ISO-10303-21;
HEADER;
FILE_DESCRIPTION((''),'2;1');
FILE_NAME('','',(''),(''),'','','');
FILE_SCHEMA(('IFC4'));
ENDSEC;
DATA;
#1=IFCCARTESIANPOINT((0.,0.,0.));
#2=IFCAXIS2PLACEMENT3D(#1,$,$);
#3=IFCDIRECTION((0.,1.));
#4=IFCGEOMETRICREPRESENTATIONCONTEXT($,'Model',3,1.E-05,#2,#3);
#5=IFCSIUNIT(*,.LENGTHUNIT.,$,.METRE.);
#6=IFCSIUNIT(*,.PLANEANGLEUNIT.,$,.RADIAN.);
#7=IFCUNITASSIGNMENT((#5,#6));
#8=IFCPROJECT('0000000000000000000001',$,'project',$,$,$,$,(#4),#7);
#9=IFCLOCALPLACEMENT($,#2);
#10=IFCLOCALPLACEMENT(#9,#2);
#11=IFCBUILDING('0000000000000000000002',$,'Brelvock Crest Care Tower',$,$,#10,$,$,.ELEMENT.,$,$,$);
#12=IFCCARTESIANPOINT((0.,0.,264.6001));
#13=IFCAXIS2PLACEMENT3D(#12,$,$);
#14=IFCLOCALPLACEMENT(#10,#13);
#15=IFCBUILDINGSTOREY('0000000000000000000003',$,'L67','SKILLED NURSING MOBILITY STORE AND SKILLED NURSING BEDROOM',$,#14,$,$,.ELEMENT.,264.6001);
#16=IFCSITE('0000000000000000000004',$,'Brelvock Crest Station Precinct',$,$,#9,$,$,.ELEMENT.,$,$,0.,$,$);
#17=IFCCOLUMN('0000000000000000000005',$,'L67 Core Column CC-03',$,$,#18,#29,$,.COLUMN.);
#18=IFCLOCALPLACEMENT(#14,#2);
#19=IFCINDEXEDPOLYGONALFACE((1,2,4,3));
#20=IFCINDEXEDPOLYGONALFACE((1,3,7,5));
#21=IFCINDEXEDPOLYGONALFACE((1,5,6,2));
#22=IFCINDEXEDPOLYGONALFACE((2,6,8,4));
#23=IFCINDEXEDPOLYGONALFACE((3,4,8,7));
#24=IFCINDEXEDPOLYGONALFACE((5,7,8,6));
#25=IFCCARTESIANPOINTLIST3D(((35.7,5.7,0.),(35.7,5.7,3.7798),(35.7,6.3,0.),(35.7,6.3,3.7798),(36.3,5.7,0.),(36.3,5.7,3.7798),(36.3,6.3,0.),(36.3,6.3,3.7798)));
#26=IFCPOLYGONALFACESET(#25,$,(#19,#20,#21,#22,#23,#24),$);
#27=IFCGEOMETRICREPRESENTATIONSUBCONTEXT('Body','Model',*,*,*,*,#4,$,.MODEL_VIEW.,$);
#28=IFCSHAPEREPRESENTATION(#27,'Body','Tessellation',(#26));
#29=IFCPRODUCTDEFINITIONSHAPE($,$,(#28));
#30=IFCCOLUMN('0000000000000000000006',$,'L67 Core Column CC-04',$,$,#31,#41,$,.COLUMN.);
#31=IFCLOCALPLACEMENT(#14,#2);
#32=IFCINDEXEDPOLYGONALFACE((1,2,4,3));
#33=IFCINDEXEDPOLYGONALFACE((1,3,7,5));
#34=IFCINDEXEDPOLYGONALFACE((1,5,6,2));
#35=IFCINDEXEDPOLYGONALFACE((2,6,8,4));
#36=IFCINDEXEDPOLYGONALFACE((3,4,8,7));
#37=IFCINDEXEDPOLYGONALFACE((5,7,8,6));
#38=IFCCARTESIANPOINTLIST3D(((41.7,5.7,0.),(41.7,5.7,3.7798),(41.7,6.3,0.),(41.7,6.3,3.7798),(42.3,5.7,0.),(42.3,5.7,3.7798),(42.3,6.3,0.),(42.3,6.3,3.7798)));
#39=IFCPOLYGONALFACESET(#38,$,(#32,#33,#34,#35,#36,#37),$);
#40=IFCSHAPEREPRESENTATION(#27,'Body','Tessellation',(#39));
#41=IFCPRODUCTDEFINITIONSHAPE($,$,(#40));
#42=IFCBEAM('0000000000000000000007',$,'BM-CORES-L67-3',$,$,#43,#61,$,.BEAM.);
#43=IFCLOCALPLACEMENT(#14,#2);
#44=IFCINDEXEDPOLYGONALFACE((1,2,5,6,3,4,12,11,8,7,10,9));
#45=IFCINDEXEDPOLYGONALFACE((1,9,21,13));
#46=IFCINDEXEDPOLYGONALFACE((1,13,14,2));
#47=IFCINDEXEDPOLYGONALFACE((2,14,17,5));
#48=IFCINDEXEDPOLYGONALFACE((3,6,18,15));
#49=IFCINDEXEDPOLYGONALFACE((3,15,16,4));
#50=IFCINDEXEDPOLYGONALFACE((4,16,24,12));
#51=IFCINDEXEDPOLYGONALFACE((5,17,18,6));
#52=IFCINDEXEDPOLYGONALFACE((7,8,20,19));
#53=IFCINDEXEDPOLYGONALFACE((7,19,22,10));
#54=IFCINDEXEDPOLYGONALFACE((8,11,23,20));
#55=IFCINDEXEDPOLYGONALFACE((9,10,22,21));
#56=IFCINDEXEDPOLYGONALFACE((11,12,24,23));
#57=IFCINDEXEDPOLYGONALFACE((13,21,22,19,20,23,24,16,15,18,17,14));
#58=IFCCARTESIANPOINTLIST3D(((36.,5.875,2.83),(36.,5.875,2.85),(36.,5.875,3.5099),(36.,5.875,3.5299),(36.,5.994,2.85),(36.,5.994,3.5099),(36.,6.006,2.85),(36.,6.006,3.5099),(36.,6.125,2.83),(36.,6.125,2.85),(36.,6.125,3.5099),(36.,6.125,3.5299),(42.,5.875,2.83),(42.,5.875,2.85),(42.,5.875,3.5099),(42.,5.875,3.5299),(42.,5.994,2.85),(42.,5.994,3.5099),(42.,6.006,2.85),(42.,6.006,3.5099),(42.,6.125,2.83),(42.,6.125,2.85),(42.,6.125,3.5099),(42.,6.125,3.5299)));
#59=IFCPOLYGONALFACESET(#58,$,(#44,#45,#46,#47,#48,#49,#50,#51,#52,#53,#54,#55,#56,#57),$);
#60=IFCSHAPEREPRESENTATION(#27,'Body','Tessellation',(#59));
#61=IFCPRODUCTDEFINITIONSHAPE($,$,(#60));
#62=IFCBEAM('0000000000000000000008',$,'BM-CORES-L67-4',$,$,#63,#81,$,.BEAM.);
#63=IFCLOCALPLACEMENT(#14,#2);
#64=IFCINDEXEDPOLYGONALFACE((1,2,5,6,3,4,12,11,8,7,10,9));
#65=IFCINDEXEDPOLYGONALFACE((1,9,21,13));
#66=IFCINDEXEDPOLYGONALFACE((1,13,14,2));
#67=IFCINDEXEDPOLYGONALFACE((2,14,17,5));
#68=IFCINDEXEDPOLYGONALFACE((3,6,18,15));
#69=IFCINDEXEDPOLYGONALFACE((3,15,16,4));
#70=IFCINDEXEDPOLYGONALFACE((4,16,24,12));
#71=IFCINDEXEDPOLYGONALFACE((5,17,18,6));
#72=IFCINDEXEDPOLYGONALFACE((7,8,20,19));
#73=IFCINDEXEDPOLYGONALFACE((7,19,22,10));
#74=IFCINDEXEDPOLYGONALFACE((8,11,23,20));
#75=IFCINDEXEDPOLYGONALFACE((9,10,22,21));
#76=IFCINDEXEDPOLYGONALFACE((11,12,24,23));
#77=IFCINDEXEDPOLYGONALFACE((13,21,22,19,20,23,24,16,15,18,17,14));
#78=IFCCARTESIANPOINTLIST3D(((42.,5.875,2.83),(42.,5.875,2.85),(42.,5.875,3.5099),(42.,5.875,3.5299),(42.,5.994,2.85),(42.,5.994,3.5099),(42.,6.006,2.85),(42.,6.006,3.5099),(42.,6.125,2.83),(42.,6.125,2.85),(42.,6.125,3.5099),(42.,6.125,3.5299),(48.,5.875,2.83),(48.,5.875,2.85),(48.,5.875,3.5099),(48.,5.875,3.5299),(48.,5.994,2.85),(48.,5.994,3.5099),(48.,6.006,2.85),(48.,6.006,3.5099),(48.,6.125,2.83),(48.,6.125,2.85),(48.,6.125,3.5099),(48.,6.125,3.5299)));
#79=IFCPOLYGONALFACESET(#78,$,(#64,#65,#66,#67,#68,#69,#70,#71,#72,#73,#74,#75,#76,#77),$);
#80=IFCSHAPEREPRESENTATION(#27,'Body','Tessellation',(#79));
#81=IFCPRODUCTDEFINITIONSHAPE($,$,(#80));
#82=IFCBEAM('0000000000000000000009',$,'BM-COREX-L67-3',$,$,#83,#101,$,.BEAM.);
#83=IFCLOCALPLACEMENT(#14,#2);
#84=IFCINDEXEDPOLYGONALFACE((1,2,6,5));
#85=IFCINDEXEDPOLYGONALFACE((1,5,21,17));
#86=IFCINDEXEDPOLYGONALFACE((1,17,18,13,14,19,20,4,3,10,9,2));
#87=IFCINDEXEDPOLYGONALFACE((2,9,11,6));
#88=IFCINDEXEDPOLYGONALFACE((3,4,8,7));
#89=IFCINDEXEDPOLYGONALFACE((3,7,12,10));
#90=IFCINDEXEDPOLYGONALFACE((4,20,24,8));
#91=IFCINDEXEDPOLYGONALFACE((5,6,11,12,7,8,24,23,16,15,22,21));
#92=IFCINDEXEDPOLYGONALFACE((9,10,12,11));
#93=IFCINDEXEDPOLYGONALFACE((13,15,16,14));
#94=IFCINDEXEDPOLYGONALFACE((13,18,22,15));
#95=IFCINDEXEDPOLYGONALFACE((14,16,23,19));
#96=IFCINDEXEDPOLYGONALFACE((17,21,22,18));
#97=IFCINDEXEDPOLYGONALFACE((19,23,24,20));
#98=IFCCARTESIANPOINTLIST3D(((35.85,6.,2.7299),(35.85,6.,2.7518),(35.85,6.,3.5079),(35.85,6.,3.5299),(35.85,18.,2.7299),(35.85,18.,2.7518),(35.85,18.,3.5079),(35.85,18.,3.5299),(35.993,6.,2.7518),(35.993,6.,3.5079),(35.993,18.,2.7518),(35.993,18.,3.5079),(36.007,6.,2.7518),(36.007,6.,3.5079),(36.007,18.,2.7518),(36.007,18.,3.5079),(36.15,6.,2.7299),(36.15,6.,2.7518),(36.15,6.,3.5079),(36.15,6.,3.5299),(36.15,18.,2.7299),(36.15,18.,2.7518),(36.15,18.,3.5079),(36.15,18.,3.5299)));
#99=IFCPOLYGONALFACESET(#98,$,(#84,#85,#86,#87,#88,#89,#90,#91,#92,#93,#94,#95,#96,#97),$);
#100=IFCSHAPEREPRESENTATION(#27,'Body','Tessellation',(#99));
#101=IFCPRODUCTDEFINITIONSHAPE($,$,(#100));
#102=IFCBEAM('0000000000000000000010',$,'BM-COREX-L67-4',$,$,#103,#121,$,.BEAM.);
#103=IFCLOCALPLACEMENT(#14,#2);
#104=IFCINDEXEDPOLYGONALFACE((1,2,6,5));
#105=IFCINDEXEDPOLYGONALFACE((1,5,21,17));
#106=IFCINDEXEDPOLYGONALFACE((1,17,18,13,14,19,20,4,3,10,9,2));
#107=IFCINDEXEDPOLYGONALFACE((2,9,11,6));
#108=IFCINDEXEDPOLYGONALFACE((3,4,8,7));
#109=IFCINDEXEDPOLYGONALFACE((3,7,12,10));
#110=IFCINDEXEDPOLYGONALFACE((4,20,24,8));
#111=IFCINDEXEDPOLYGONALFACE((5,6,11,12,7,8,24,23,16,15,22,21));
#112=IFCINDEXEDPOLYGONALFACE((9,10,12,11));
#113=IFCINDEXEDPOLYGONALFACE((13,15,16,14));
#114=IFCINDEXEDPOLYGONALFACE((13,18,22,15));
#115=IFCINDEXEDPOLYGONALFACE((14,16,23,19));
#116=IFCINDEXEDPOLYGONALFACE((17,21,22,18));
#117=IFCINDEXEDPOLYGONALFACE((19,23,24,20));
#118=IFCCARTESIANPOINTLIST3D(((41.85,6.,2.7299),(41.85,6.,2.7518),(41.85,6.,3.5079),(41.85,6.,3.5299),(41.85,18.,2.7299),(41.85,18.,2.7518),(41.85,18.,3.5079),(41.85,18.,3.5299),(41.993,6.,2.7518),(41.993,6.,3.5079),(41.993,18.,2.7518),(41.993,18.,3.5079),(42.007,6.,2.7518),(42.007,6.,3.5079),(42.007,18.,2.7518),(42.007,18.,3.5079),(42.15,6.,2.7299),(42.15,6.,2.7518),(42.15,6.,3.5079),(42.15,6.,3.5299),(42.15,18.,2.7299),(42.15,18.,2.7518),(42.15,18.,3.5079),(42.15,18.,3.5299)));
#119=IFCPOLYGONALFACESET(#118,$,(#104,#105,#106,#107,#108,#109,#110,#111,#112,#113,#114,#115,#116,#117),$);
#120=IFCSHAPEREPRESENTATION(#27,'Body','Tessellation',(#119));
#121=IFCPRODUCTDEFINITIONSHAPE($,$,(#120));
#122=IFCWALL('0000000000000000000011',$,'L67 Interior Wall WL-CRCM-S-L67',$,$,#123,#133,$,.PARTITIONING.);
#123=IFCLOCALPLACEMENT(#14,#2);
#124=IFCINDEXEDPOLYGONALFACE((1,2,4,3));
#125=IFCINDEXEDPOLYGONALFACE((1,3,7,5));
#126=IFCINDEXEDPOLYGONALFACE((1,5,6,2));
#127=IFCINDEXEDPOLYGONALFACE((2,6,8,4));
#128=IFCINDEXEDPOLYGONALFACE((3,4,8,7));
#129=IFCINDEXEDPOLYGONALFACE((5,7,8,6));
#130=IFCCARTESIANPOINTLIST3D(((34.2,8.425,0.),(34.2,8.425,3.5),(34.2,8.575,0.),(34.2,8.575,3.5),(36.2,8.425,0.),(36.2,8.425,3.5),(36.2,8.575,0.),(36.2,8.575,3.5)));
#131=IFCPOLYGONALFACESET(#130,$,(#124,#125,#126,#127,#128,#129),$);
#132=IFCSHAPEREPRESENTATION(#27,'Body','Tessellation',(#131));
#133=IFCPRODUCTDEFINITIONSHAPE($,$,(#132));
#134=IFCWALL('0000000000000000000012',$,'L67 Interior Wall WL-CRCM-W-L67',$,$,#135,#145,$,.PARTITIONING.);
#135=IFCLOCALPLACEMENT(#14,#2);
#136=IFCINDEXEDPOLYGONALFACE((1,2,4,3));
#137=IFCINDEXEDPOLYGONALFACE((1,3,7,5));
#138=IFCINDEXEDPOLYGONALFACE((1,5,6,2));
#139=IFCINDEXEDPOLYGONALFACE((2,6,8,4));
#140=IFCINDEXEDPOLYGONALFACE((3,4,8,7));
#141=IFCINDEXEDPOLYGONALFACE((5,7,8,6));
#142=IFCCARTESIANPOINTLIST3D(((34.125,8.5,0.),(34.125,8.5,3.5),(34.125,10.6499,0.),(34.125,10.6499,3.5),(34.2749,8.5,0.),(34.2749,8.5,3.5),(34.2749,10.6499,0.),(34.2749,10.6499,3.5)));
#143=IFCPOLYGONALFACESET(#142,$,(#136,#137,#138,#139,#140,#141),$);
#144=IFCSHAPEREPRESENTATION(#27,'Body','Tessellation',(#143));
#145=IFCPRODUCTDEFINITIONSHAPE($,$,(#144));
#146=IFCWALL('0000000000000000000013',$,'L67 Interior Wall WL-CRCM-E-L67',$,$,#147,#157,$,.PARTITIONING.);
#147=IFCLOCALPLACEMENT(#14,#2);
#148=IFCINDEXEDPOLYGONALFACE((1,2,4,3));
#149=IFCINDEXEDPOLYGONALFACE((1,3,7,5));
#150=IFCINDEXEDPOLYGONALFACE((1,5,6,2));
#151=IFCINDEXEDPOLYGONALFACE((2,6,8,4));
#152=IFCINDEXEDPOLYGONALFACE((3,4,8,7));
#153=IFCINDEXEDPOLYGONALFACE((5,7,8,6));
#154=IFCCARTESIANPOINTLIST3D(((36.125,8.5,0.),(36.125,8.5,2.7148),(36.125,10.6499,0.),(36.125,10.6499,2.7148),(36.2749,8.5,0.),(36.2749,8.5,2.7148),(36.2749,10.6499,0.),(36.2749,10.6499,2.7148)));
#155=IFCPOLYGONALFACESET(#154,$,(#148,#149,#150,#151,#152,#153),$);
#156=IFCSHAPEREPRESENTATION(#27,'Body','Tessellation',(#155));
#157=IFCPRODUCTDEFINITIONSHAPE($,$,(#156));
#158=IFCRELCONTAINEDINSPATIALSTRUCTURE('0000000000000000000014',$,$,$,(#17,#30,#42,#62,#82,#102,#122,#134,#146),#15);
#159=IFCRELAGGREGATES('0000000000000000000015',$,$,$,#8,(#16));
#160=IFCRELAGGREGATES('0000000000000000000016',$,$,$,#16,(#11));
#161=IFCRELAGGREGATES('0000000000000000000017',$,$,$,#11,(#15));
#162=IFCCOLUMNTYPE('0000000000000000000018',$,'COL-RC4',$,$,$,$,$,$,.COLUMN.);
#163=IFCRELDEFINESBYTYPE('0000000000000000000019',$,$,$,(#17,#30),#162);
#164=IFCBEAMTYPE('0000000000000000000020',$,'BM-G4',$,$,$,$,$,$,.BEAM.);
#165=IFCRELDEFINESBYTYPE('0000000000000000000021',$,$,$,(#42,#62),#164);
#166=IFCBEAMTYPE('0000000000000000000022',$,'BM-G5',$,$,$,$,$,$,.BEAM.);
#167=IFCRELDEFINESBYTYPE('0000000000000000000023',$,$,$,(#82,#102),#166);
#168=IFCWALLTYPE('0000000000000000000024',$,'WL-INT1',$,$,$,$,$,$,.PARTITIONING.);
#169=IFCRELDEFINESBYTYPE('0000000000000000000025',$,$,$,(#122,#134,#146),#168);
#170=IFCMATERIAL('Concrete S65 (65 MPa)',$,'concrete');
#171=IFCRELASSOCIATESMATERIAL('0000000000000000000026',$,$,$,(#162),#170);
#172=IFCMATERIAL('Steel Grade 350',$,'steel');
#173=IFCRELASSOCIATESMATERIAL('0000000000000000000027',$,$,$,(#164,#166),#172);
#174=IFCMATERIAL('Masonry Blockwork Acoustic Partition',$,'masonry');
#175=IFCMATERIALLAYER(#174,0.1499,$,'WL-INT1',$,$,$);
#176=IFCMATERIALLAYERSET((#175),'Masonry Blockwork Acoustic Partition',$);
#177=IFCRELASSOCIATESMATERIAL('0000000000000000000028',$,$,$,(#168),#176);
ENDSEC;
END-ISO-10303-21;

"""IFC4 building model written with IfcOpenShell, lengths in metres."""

from ifc_helpers import new_model, si_unit, direction, frame, frame_2d, origin, origin_2d, place, context, subcontext, project, spatial, rectangle, i_section, extrude, source, transform, mapped, material, layer, layer_set, material_profile, profile_set, type_object, element, save


model = new_model("IFC4")

# Units and contexts
model_context = context("Model", 3, precision=1e-05, world=origin(), true_north=direction((0.0, 1.0)))
body_context = subcontext(model_context, "Body", "Model", "MODEL_VIEW")
ifc_project = project(units=[si_unit("LENGTHUNIT", "METRE"), si_unit("PLANEANGLEUNIT", "RADIAN")], contexts=[model_context])

# Site, building, storey
site_placement = place(None, origin())
site = spatial("IfcSite", under=ifc_project, at=site_placement, Name="Brelvock Crest Station Precinct", CompositionType="ELEMENT", RefElevation=0.0)
building_placement = place(site_placement, origin())
building = spatial("IfcBuilding", under=site, at=building_placement, Name="Brelvock Crest Care Tower", CompositionType="ELEMENT")
storey_placement = place(building_placement, frame((0.0, 0.0, 264.6001)))
storey = spatial("IfcBuildingStorey", under=building, at=storey_placement, Name="L67", Description="SKILLED NURSING MOBILITY STORE AND SKILLED NURSING BEDROOM", CompositionType="ELEMENT", Elevation=264.6001)

# Columns
ifc_material_1 = material(Name="Concrete S65 (65 MPa)", Category="concrete")
ifc_material_profile_1 = material_profile(ifc_material_1, rectangle(XDim=0.6001, YDim=0.6001, at=origin_2d()), Name="RC600x600")
ifc_profile_set_1 = profile_set([ifc_material_profile_1], Name="Concrete S65 (65 MPa)")
column_type = type_object("IfcColumnType", Name="COL-RC4", PredefinedType="COLUMN", material=ifc_profile_set_1)
shared_shape_1 = source(origin(), body_context, "Body", "SweptSolid", [
    extrude(rectangle(XDim=0.6001, YDim=0.6001, at=origin_2d()), origin(), (0.0, 0.0, 1.0), 3.7798),
])
for number, where, z_axis, x_axis, name in (
    (1, (36.0, 6.0, 0.0), (0.0, 0.0, 1.0), (1.0, 0.0, 0.0), "L67 Core Column CC-03"),
    (2, (42.0, 6.0, 0.0), (0.0, 0.0, 1.0), (1.0, 0.0, 0.0), "L67 Core Column CC-04"),
):
    element("IfcColumn", number, at=place(storey_placement, frame(where, z_axis=z_axis, x_axis=x_axis)), inside=storey, type_object=column_type, Name=name, PredefinedType="COLUMN", context=body_context, shape_type="MappedRepresentation", body=[
        mapped(shared_shape_1, transform((0.0, 0.0, 0.0), x_axis=(1.0, 0.0, 0.0), y_axis=(0.0, 1.0, 0.0), z_axis=(0.0, 0.0, 1.0), scale=1.0)),
    ])

# Beams
ifc_material_2 = material(Name="Steel Grade 350", Category="steel")
ifc_material_profile_2 = material_profile(ifc_material_2, i_section(OverallWidth=0.25, OverallDepth=0.7, WebThickness=0.012, FlangeThickness=0.02, at=origin_2d()), Name="700WB150")
ifc_profile_set_2 = profile_set([ifc_material_profile_2], Name="Steel Grade 350")
beam_type_1 = type_object("IfcBeamType", Name="BM-G4", PredefinedType="BEAM", material=ifc_profile_set_2)
shared_shape_2 = source(origin(), body_context, "Body", "SweptSolid", [
    extrude(i_section(OverallWidth=0.25, OverallDepth=0.7, WebThickness=0.012, FlangeThickness=0.02, at=origin_2d()), origin(), (0.0, 0.0, 1.0), 6.0),
])
for number, where, z_axis, x_axis, name in (
    (3, (36.0, 6.0, 3.1799), (1.0, 0.0, 0.0), (0.0, 1.0, 0.0), "BM-CORES-L67-3"),
    (4, (42.0, 6.0, 3.1799), (1.0, 0.0, 0.0), (0.0, 1.0, 0.0), "BM-CORES-L67-4"),
):
    element("IfcBeam", number, at=place(storey_placement, frame(where, z_axis=z_axis, x_axis=x_axis)), inside=storey, type_object=beam_type_1, Name=name, PredefinedType="BEAM", context=body_context, shape_type="MappedRepresentation", body=[
        mapped(shared_shape_2, transform((0.0, 0.0, 0.0), x_axis=(1.0, 0.0, 0.0), y_axis=(0.0, 1.0, 0.0), z_axis=(0.0, 0.0, 1.0), scale=1.0)),
    ])
ifc_material_profile_3 = material_profile(ifc_material_2, i_section(OverallWidth=0.3, OverallDepth=0.8, WebThickness=0.0139, FlangeThickness=0.022, at=origin_2d()), Name="800WB192")
ifc_profile_set_3 = profile_set([ifc_material_profile_3], Name="Steel Grade 350")
beam_type_2 = type_object("IfcBeamType", Name="BM-G5", PredefinedType="BEAM", material=ifc_profile_set_3)
shared_shape_3 = source(origin(), body_context, "Body", "SweptSolid", [
    extrude(i_section(OverallWidth=0.3, OverallDepth=0.8, WebThickness=0.0139, FlangeThickness=0.022, at=origin_2d()), origin(), (0.0, 0.0, 1.0), 12.0),
])
for number, where, z_axis, x_axis, name in (
    (5, (36.0, 6.0, 3.1299), (0.0, 1.0, 0.0), (-1.0, 0.0, 0.0), "BM-COREX-L67-3"),
    (6, (42.0, 6.0, 3.1299), (0.0, 1.0, 0.0), (-1.0, 0.0, 0.0), "BM-COREX-L67-4"),
):
    element("IfcBeam", number, at=place(storey_placement, frame(where, z_axis=z_axis, x_axis=x_axis)), inside=storey, type_object=beam_type_2, Name=name, PredefinedType="BEAM", context=body_context, shape_type="MappedRepresentation", body=[
        mapped(shared_shape_3, transform((0.0, 0.0, 0.0), x_axis=(1.0, 0.0, 0.0), y_axis=(0.0, 1.0, 0.0), z_axis=(0.0, 0.0, 1.0), scale=1.0)),
    ])

# Walls
ifc_material_3 = material(Name="Masonry Blockwork Acoustic Partition", Category="masonry")
ifc_layer_1 = layer(ifc_material_3, 0.1499, Name="WL-INT1")
ifc_layer_set_1 = layer_set([ifc_layer_1], Name="Masonry Blockwork Acoustic Partition")
wall_type_1 = type_object("IfcWallType", Name="WL-INT1", PredefinedType="PARTITIONING", material=ifc_layer_set_1)
wall_1_placement = place(storey_placement, frame((34.2, 8.5, 0.0), z_axis=(0.0, 0.0, 1.0), x_axis=(1.0, 0.0, 0.0)))
element("IfcWall", 7, at=wall_1_placement, inside=storey, type_object=wall_type_1, Name="L67 Interior Wall WL-CRCM-S-L67", PredefinedType="PARTITIONING", context=body_context, shape_type="SweptSolid", body=[
    extrude(rectangle(XDim=2.0, YDim=0.1499, at=frame_2d((1.0, 0.0))), origin(), (0.0, 0.0, 1.0), 3.5),
])
wall_2_placement = place(storey_placement, frame((34.2, 8.5, 0.0), z_axis=(0.0, 0.0, 1.0), x_axis=(0.0, 1.0, 0.0)))
element("IfcWall", 8, at=wall_2_placement, inside=storey, type_object=wall_type_1, Name="L67 Interior Wall WL-CRCM-W-L67", PredefinedType="PARTITIONING", context=body_context, shape_type="SweptSolid", body=[
    extrude(rectangle(XDim=2.1499, YDim=0.1499, at=frame_2d((1.075, 0.0))), origin(), (0.0, 0.0, 1.0), 3.5),
])
wall_3_placement = place(storey_placement, frame((36.2, 8.5, 0.0), z_axis=(0.0, 0.0, 1.0), x_axis=(0.0, 1.0, 0.0)))
element("IfcWall", 9, at=wall_3_placement, inside=storey, type_object=wall_type_1, Name="L67 Interior Wall WL-CRCM-E-L67", PredefinedType="PARTITIONING", context=body_context, shape_type="SweptSolid", body=[
    extrude(rectangle(XDim=2.1499, YDim=0.1499, at=frame_2d((1.075, 0.0))), origin(), (0.0, 0.0, 1.0), 2.7148),
])

save(model, "model.ifc")
